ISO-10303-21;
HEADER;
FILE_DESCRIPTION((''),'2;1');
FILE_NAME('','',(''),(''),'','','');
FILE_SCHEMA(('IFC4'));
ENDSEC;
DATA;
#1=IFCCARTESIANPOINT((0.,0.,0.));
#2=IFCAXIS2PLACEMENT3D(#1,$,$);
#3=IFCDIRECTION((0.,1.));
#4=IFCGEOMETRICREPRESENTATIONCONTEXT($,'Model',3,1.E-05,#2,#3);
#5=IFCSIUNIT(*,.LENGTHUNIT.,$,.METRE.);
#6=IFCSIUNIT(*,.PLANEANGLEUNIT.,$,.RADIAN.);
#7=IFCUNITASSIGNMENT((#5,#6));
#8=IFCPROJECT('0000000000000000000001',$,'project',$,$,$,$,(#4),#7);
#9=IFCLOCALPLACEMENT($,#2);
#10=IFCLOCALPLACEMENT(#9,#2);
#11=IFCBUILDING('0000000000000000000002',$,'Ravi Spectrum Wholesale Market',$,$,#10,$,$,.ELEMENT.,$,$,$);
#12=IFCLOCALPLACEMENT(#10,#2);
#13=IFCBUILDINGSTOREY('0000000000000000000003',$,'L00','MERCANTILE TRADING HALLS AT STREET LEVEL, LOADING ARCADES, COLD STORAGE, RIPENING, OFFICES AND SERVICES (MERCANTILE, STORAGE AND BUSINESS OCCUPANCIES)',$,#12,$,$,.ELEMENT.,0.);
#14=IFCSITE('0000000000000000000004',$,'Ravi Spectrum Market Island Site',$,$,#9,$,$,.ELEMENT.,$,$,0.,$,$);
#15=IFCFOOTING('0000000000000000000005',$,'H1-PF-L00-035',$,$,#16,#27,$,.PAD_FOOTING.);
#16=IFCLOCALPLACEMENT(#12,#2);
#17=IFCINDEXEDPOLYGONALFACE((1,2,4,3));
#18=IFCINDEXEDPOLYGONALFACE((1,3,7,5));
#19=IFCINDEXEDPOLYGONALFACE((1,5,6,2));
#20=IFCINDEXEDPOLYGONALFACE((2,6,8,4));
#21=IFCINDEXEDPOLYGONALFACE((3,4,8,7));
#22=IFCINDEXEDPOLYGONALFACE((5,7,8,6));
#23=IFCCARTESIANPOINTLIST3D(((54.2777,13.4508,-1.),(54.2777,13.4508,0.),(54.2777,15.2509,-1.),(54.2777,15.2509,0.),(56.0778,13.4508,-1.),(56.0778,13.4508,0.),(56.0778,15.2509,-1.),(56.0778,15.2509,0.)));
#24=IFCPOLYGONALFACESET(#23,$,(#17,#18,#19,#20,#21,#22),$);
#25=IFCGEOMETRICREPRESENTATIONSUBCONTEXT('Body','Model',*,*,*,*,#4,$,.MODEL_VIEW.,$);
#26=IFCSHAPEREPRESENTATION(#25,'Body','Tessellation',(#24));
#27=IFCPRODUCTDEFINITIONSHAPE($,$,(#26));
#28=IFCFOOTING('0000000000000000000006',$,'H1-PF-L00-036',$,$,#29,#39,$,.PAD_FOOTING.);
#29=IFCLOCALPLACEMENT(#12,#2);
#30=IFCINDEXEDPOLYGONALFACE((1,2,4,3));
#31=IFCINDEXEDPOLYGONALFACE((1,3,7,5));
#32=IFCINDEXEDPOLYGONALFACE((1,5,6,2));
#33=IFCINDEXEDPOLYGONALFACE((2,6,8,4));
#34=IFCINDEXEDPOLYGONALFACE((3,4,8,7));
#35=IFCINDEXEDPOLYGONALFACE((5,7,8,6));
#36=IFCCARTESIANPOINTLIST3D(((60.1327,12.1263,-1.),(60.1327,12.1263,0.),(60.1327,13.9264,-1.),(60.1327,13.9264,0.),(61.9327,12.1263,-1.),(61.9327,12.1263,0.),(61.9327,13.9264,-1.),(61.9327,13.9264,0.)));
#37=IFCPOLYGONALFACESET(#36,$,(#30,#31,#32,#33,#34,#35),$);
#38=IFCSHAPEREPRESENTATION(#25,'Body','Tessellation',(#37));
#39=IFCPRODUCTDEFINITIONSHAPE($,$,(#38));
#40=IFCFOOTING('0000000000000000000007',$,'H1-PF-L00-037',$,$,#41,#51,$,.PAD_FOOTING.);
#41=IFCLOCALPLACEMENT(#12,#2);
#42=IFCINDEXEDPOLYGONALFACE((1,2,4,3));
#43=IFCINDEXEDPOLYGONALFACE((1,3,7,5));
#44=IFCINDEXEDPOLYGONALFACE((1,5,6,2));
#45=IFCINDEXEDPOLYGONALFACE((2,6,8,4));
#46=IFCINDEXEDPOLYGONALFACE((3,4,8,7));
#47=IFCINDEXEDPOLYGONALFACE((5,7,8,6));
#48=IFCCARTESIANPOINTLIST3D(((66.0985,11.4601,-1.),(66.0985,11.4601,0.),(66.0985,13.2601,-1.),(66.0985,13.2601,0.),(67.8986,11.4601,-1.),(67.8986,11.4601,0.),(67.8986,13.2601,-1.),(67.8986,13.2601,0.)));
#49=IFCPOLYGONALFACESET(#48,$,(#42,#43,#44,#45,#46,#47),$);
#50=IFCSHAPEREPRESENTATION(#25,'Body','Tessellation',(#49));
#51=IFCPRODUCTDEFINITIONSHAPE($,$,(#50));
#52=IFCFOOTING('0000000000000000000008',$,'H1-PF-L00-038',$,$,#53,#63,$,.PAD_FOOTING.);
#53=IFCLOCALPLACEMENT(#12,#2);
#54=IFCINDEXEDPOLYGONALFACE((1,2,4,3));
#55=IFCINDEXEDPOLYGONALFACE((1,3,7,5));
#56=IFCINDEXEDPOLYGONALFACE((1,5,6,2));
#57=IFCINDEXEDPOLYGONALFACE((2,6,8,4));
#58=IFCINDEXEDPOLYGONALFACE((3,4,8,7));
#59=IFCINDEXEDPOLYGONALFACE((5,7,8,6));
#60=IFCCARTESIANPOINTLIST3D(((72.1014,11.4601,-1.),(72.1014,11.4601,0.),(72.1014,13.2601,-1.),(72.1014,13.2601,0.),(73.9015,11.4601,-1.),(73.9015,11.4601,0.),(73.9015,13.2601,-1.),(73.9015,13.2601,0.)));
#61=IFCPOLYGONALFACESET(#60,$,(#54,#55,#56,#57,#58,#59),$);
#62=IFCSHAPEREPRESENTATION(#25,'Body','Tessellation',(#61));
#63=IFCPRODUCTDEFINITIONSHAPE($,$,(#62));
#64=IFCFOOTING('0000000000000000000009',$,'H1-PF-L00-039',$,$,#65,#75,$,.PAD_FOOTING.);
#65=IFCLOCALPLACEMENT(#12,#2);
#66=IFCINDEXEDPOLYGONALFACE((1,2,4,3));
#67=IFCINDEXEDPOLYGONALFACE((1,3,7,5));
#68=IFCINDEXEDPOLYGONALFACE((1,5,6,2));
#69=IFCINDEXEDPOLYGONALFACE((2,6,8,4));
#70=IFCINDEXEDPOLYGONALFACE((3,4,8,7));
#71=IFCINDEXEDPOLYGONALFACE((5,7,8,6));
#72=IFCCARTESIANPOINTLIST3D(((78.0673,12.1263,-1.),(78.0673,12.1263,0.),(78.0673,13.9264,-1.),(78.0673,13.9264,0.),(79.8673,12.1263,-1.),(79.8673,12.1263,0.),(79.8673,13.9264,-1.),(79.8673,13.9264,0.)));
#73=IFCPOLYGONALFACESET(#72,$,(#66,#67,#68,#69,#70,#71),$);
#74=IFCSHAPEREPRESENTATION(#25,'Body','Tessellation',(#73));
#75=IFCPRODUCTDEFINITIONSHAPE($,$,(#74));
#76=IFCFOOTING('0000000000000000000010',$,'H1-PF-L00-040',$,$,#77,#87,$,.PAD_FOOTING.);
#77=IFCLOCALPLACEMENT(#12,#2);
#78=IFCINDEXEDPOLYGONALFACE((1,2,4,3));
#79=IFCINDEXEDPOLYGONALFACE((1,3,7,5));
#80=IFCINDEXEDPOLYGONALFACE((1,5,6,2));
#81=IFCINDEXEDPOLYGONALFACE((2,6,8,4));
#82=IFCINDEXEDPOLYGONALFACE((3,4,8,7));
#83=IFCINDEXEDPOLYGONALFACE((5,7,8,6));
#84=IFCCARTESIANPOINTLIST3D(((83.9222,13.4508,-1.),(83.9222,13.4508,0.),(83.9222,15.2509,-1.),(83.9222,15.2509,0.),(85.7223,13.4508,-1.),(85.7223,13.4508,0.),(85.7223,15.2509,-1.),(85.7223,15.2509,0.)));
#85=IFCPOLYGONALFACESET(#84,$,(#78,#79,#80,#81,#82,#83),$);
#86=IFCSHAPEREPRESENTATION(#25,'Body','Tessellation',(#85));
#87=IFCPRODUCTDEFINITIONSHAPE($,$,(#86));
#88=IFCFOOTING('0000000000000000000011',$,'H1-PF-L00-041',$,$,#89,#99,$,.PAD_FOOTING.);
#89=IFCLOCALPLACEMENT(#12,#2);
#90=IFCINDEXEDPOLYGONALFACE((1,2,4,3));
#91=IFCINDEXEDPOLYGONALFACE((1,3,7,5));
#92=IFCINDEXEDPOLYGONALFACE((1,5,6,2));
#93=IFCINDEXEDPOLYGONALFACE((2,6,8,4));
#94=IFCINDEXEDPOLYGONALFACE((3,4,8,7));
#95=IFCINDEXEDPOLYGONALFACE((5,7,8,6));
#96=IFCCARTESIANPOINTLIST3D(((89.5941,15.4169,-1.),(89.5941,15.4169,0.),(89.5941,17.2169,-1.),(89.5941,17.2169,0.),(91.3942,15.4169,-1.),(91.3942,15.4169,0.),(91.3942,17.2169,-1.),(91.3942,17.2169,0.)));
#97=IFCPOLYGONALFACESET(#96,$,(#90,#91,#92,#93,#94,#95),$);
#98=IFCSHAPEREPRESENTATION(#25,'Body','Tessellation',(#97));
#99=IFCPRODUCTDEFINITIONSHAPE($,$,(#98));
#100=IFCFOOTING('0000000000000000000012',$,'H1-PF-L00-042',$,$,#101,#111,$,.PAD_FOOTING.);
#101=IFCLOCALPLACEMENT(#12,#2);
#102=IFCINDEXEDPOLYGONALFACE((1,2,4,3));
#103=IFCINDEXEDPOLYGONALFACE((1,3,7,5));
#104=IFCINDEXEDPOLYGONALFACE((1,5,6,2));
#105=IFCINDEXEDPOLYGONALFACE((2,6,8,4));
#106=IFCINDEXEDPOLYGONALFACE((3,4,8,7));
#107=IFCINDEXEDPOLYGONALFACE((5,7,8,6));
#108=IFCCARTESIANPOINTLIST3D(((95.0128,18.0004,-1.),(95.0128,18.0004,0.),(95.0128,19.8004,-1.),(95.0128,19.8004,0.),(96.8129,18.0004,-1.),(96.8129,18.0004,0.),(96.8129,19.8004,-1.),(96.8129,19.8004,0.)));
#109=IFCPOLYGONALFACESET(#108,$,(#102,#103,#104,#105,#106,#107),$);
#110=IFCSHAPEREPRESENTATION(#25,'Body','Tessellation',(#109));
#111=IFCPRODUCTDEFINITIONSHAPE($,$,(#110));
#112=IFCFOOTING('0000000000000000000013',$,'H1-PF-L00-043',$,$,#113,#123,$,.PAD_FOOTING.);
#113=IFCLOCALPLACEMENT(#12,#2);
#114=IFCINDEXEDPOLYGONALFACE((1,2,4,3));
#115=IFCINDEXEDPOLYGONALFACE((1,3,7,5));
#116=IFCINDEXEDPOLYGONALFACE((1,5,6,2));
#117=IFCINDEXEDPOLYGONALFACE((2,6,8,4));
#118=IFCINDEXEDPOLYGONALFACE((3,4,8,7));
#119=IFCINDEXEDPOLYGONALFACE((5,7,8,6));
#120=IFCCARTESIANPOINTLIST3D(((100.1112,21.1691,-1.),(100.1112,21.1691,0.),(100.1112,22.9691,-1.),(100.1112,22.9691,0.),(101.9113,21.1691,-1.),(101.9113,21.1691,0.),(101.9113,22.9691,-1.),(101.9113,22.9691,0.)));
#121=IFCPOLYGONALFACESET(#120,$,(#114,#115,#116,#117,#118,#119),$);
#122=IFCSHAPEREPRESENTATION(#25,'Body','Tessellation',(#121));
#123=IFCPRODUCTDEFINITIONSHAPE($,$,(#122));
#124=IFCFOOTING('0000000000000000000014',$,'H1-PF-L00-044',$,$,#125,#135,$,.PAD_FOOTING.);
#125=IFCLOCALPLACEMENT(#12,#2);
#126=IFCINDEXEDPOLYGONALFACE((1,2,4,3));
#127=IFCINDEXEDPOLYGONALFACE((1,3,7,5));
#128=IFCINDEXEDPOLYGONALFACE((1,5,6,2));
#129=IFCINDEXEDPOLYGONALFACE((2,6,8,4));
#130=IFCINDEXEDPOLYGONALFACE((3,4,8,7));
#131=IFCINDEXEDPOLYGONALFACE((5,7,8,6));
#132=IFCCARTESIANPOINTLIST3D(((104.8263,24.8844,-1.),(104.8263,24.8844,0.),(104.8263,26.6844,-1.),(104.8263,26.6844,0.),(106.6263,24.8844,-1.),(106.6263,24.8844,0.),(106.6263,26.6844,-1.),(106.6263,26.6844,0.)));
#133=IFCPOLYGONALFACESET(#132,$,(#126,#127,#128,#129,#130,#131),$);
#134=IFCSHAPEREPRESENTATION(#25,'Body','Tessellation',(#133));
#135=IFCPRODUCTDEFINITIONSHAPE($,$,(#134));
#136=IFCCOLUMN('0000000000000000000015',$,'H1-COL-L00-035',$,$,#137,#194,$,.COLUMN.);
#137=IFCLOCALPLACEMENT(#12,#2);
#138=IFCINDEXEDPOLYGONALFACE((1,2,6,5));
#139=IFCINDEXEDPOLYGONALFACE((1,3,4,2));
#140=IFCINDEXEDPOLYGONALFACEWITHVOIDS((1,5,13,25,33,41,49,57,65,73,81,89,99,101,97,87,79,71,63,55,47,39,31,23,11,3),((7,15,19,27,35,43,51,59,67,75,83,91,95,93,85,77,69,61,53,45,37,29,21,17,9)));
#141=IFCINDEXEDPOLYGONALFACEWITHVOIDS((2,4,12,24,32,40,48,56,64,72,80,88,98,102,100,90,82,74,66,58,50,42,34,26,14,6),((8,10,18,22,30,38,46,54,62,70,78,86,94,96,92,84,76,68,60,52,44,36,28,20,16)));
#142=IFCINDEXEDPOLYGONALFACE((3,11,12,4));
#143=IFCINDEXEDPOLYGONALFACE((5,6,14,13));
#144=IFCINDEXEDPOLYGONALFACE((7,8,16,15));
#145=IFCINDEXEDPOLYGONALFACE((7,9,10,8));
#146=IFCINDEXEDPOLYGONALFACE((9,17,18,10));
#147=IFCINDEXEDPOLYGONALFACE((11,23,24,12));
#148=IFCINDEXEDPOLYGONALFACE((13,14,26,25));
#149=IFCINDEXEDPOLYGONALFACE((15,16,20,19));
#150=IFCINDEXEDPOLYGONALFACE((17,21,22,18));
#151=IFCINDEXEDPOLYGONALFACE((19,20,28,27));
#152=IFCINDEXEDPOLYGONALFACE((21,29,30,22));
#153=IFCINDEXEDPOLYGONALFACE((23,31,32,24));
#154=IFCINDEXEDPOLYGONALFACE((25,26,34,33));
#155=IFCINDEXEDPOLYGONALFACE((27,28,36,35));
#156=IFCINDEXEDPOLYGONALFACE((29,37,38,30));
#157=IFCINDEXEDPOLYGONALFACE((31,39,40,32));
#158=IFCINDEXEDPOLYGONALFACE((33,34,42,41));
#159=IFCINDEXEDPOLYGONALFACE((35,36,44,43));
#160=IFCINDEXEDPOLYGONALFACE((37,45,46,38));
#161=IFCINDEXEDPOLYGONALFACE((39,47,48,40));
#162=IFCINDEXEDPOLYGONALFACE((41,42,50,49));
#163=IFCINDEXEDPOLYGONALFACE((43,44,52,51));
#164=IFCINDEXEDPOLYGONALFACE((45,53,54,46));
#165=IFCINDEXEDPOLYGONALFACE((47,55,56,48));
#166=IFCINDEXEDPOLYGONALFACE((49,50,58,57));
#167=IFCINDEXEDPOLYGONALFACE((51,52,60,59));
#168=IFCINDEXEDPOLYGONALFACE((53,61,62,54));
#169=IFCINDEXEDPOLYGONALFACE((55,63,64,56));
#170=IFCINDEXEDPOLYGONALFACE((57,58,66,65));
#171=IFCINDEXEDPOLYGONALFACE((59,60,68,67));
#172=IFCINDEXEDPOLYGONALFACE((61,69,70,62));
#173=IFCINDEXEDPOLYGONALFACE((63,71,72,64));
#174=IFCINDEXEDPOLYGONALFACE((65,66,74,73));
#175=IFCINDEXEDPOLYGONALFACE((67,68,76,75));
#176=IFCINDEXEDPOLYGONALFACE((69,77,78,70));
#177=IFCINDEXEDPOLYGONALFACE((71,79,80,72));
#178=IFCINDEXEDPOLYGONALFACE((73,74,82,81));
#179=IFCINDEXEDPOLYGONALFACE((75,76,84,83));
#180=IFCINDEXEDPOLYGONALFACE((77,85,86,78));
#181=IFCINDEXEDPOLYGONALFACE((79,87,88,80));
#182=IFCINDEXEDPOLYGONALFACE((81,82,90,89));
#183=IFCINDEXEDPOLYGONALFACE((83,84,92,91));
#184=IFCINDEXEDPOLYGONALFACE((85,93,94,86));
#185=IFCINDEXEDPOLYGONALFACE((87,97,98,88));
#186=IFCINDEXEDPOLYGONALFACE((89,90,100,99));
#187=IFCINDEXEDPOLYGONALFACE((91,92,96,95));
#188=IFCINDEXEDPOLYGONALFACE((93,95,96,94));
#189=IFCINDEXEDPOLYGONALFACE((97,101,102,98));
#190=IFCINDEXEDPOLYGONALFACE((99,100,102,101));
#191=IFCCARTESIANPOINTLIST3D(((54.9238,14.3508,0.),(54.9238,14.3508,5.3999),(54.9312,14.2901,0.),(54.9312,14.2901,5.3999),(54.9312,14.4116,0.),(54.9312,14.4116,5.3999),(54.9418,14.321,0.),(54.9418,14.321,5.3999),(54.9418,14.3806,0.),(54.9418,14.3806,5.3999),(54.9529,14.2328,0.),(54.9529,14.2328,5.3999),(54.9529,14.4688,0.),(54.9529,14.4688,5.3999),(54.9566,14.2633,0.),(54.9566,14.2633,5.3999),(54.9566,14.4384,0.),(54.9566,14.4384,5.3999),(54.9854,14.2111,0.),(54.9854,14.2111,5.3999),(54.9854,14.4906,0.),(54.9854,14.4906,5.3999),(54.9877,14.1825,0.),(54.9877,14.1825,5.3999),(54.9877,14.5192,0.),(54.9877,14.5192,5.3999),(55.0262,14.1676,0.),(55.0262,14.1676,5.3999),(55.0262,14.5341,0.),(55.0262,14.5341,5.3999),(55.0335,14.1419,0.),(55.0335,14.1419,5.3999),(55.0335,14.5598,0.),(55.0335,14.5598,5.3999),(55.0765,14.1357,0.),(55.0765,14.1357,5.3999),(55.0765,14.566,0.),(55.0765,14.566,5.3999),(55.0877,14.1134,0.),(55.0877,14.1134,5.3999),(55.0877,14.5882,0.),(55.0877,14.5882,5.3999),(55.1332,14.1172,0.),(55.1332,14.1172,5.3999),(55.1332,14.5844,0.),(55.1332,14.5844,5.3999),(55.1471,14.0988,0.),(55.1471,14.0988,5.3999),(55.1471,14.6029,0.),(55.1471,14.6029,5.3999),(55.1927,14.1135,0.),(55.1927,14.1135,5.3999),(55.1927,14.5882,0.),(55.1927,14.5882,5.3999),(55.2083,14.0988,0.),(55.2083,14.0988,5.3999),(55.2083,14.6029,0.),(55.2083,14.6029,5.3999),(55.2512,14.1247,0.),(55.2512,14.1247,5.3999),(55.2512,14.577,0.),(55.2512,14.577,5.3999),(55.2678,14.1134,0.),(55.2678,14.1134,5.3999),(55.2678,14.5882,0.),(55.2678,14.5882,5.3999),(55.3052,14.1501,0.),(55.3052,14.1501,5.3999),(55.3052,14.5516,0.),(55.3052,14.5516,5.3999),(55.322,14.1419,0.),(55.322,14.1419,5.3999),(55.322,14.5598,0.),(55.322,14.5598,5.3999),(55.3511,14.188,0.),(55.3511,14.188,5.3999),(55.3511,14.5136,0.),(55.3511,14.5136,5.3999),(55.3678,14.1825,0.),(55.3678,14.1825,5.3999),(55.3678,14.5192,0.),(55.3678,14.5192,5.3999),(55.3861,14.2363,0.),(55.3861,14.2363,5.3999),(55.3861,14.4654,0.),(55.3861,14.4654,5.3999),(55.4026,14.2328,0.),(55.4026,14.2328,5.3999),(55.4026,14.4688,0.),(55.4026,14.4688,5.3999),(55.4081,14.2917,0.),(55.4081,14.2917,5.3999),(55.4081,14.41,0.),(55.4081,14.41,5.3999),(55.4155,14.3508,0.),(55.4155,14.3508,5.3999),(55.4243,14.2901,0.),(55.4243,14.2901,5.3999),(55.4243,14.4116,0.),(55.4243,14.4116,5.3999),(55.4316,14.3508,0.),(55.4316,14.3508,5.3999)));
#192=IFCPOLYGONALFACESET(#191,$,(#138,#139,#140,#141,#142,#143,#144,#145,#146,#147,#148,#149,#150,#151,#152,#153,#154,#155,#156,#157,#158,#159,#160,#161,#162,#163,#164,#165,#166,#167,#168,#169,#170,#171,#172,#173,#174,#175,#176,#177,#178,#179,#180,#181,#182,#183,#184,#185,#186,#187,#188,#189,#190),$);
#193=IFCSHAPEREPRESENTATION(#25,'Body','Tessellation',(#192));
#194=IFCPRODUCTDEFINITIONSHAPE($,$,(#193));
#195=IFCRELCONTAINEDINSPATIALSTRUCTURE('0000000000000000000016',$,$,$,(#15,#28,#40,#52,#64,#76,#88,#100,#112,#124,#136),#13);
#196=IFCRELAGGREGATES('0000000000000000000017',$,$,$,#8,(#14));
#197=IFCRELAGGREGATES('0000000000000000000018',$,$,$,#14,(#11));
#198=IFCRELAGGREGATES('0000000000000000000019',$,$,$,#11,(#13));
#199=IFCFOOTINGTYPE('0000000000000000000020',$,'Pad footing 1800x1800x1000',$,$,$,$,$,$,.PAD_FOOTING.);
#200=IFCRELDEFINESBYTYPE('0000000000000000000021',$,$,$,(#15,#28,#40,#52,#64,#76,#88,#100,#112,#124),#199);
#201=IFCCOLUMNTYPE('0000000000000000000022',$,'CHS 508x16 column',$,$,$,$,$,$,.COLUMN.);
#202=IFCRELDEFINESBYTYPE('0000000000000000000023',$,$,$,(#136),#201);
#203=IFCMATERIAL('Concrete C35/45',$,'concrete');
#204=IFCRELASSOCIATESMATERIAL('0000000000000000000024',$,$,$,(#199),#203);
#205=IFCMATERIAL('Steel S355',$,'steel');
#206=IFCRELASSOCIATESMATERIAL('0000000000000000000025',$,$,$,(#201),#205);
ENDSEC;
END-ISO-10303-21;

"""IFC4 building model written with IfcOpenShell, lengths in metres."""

from ifc_helpers import new_model, si_unit, direction, frame, origin, origin_2d, place, context, subcontext, project, spatial, rectangle, hollow_circle, extrude, material, material_profile, profile_set, type_object, element, save


model = new_model("IFC4")

# Units and contexts
model_context = context("Model", 3, precision=1e-05, world=origin(), true_north=direction((0.0, 1.0)))
body_context = subcontext(model_context, "Body", "Model", "MODEL_VIEW")
ifc_project = project(units=[si_unit("LENGTHUNIT", "METRE"), si_unit("PLANEANGLEUNIT", "RADIAN")], contexts=[model_context])

# Site, building, storey
site_placement = place(None, origin())
site = spatial("IfcSite", under=ifc_project, at=site_placement, Name="Ravi Spectrum Market Island Site", CompositionType="ELEMENT", RefElevation=0.0)
building_placement = place(site_placement, origin())
building = spatial("IfcBuilding", under=site, at=building_placement, Name="Ravi Spectrum Wholesale Market", CompositionType="ELEMENT")
storey_placement = place(building_placement, origin())
storey = spatial("IfcBuildingStorey", under=building, at=storey_placement, Name="L00", Description="MERCANTILE TRADING HALLS AT STREET LEVEL, LOADING ARCADES, COLD STORAGE, RIPENING, OFFICES AND SERVICES (MERCANTILE, STORAGE AND BUSINESS OCCUPANCIES)", CompositionType="ELEMENT", Elevation=0.0)

# Footings
ifc_material_1 = material(Name="Concrete C35/45", Category="concrete")
footing_type = type_object("IfcFootingType", Name="Pad footing 1800x1800x1000", PredefinedType="PAD_FOOTING", material=ifc_material_1)
for number, where, z_axis, x_axis, name in (
    (1, (55.1777, 14.3508, -1.0), (0.0, 0.0, 1.0), (1.0, 0.0, 0.0), "H1-PF-L00-035"),
    (2, (61.0327, 13.0264, -1.0), (0.0, 0.0, 1.0), (1.0, 0.0, 0.0), "H1-PF-L00-036"),
    (3, (66.9985, 12.3601, -1.0), (0.0, 0.0, 1.0), (1.0, 0.0, 0.0), "H1-PF-L00-037"),
    (4, (73.0015, 12.3601, -1.0), (0.0, 0.0, 1.0), (1.0, 0.0, 0.0), "H1-PF-L00-038"),
    (5, (78.9673, 13.0264, -1.0), (0.0, 0.0, 1.0), (1.0, 0.0, 0.0), "H1-PF-L00-039"),
    (6, (84.8223, 14.3508, -1.0), (0.0, 0.0, 1.0), (1.0, 0.0, 0.0), "H1-PF-L00-040"),
    (7, (90.4941, 16.3169, -1.0), (0.0, 0.0, 1.0), (1.0, 0.0, 0.0), "H1-PF-L00-041"),
    (8, (95.9128, 18.9004, -1.0), (0.0, 0.0, 1.0), (1.0, 0.0, 0.0), "H1-PF-L00-042"),
    (9, (101.0112, 22.0691, -1.0), (0.0, 0.0, 1.0), (1.0, 0.0, 0.0), "H1-PF-L00-043"),
    (10, (105.7263, 25.7844, -1.0), (0.0, 0.0, 1.0), (1.0, 0.0, 0.0), "H1-PF-L00-044"),
):
    element("IfcFooting", number, at=place(storey_placement, frame(where, z_axis=z_axis, x_axis=x_axis)), inside=storey, type_object=footing_type, Name=name, PredefinedType="PAD_FOOTING", context=body_context, shape_type="SweptSolid", body=[
        extrude(rectangle(XDim=1.8, YDim=1.8, at=origin_2d()), origin(), (0.0, 0.0, 1.0), 1.0),
    ])

# Column
ifc_material_2 = material(Name="Steel S355", Category="steel")
ifc_material_profile = material_profile(ifc_material_2, hollow_circle(Radius=0.2539, WallThickness=0.0161, at=origin_2d()))
ifc_profile_set = profile_set([ifc_material_profile], Name="Steel S355")
column_type = type_object("IfcColumnType", Name="CHS 508x16 column", PredefinedType="COLUMN", material=ifc_profile_set)
for number, where, z_axis, x_axis, name in (
    (11, (55.1777, 14.3508, 0.0), (0.0, 0.0, 1.0), (1.0, 0.0, 0.0), "H1-COL-L00-035"),
):
    element("IfcColumn", number, at=place(storey_placement, frame(where, z_axis=z_axis, x_axis=x_axis)), inside=storey, type_object=column_type, Name=name, PredefinedType="COLUMN", context=body_context, shape_type="SweptSolid", body=[
        extrude(hollow_circle(Radius=0.2539, WallThickness=0.0161, at=origin_2d()), origin(), (0.0, 0.0, 1.0), 5.3999),
    ])

save(model, "model.ifc")
